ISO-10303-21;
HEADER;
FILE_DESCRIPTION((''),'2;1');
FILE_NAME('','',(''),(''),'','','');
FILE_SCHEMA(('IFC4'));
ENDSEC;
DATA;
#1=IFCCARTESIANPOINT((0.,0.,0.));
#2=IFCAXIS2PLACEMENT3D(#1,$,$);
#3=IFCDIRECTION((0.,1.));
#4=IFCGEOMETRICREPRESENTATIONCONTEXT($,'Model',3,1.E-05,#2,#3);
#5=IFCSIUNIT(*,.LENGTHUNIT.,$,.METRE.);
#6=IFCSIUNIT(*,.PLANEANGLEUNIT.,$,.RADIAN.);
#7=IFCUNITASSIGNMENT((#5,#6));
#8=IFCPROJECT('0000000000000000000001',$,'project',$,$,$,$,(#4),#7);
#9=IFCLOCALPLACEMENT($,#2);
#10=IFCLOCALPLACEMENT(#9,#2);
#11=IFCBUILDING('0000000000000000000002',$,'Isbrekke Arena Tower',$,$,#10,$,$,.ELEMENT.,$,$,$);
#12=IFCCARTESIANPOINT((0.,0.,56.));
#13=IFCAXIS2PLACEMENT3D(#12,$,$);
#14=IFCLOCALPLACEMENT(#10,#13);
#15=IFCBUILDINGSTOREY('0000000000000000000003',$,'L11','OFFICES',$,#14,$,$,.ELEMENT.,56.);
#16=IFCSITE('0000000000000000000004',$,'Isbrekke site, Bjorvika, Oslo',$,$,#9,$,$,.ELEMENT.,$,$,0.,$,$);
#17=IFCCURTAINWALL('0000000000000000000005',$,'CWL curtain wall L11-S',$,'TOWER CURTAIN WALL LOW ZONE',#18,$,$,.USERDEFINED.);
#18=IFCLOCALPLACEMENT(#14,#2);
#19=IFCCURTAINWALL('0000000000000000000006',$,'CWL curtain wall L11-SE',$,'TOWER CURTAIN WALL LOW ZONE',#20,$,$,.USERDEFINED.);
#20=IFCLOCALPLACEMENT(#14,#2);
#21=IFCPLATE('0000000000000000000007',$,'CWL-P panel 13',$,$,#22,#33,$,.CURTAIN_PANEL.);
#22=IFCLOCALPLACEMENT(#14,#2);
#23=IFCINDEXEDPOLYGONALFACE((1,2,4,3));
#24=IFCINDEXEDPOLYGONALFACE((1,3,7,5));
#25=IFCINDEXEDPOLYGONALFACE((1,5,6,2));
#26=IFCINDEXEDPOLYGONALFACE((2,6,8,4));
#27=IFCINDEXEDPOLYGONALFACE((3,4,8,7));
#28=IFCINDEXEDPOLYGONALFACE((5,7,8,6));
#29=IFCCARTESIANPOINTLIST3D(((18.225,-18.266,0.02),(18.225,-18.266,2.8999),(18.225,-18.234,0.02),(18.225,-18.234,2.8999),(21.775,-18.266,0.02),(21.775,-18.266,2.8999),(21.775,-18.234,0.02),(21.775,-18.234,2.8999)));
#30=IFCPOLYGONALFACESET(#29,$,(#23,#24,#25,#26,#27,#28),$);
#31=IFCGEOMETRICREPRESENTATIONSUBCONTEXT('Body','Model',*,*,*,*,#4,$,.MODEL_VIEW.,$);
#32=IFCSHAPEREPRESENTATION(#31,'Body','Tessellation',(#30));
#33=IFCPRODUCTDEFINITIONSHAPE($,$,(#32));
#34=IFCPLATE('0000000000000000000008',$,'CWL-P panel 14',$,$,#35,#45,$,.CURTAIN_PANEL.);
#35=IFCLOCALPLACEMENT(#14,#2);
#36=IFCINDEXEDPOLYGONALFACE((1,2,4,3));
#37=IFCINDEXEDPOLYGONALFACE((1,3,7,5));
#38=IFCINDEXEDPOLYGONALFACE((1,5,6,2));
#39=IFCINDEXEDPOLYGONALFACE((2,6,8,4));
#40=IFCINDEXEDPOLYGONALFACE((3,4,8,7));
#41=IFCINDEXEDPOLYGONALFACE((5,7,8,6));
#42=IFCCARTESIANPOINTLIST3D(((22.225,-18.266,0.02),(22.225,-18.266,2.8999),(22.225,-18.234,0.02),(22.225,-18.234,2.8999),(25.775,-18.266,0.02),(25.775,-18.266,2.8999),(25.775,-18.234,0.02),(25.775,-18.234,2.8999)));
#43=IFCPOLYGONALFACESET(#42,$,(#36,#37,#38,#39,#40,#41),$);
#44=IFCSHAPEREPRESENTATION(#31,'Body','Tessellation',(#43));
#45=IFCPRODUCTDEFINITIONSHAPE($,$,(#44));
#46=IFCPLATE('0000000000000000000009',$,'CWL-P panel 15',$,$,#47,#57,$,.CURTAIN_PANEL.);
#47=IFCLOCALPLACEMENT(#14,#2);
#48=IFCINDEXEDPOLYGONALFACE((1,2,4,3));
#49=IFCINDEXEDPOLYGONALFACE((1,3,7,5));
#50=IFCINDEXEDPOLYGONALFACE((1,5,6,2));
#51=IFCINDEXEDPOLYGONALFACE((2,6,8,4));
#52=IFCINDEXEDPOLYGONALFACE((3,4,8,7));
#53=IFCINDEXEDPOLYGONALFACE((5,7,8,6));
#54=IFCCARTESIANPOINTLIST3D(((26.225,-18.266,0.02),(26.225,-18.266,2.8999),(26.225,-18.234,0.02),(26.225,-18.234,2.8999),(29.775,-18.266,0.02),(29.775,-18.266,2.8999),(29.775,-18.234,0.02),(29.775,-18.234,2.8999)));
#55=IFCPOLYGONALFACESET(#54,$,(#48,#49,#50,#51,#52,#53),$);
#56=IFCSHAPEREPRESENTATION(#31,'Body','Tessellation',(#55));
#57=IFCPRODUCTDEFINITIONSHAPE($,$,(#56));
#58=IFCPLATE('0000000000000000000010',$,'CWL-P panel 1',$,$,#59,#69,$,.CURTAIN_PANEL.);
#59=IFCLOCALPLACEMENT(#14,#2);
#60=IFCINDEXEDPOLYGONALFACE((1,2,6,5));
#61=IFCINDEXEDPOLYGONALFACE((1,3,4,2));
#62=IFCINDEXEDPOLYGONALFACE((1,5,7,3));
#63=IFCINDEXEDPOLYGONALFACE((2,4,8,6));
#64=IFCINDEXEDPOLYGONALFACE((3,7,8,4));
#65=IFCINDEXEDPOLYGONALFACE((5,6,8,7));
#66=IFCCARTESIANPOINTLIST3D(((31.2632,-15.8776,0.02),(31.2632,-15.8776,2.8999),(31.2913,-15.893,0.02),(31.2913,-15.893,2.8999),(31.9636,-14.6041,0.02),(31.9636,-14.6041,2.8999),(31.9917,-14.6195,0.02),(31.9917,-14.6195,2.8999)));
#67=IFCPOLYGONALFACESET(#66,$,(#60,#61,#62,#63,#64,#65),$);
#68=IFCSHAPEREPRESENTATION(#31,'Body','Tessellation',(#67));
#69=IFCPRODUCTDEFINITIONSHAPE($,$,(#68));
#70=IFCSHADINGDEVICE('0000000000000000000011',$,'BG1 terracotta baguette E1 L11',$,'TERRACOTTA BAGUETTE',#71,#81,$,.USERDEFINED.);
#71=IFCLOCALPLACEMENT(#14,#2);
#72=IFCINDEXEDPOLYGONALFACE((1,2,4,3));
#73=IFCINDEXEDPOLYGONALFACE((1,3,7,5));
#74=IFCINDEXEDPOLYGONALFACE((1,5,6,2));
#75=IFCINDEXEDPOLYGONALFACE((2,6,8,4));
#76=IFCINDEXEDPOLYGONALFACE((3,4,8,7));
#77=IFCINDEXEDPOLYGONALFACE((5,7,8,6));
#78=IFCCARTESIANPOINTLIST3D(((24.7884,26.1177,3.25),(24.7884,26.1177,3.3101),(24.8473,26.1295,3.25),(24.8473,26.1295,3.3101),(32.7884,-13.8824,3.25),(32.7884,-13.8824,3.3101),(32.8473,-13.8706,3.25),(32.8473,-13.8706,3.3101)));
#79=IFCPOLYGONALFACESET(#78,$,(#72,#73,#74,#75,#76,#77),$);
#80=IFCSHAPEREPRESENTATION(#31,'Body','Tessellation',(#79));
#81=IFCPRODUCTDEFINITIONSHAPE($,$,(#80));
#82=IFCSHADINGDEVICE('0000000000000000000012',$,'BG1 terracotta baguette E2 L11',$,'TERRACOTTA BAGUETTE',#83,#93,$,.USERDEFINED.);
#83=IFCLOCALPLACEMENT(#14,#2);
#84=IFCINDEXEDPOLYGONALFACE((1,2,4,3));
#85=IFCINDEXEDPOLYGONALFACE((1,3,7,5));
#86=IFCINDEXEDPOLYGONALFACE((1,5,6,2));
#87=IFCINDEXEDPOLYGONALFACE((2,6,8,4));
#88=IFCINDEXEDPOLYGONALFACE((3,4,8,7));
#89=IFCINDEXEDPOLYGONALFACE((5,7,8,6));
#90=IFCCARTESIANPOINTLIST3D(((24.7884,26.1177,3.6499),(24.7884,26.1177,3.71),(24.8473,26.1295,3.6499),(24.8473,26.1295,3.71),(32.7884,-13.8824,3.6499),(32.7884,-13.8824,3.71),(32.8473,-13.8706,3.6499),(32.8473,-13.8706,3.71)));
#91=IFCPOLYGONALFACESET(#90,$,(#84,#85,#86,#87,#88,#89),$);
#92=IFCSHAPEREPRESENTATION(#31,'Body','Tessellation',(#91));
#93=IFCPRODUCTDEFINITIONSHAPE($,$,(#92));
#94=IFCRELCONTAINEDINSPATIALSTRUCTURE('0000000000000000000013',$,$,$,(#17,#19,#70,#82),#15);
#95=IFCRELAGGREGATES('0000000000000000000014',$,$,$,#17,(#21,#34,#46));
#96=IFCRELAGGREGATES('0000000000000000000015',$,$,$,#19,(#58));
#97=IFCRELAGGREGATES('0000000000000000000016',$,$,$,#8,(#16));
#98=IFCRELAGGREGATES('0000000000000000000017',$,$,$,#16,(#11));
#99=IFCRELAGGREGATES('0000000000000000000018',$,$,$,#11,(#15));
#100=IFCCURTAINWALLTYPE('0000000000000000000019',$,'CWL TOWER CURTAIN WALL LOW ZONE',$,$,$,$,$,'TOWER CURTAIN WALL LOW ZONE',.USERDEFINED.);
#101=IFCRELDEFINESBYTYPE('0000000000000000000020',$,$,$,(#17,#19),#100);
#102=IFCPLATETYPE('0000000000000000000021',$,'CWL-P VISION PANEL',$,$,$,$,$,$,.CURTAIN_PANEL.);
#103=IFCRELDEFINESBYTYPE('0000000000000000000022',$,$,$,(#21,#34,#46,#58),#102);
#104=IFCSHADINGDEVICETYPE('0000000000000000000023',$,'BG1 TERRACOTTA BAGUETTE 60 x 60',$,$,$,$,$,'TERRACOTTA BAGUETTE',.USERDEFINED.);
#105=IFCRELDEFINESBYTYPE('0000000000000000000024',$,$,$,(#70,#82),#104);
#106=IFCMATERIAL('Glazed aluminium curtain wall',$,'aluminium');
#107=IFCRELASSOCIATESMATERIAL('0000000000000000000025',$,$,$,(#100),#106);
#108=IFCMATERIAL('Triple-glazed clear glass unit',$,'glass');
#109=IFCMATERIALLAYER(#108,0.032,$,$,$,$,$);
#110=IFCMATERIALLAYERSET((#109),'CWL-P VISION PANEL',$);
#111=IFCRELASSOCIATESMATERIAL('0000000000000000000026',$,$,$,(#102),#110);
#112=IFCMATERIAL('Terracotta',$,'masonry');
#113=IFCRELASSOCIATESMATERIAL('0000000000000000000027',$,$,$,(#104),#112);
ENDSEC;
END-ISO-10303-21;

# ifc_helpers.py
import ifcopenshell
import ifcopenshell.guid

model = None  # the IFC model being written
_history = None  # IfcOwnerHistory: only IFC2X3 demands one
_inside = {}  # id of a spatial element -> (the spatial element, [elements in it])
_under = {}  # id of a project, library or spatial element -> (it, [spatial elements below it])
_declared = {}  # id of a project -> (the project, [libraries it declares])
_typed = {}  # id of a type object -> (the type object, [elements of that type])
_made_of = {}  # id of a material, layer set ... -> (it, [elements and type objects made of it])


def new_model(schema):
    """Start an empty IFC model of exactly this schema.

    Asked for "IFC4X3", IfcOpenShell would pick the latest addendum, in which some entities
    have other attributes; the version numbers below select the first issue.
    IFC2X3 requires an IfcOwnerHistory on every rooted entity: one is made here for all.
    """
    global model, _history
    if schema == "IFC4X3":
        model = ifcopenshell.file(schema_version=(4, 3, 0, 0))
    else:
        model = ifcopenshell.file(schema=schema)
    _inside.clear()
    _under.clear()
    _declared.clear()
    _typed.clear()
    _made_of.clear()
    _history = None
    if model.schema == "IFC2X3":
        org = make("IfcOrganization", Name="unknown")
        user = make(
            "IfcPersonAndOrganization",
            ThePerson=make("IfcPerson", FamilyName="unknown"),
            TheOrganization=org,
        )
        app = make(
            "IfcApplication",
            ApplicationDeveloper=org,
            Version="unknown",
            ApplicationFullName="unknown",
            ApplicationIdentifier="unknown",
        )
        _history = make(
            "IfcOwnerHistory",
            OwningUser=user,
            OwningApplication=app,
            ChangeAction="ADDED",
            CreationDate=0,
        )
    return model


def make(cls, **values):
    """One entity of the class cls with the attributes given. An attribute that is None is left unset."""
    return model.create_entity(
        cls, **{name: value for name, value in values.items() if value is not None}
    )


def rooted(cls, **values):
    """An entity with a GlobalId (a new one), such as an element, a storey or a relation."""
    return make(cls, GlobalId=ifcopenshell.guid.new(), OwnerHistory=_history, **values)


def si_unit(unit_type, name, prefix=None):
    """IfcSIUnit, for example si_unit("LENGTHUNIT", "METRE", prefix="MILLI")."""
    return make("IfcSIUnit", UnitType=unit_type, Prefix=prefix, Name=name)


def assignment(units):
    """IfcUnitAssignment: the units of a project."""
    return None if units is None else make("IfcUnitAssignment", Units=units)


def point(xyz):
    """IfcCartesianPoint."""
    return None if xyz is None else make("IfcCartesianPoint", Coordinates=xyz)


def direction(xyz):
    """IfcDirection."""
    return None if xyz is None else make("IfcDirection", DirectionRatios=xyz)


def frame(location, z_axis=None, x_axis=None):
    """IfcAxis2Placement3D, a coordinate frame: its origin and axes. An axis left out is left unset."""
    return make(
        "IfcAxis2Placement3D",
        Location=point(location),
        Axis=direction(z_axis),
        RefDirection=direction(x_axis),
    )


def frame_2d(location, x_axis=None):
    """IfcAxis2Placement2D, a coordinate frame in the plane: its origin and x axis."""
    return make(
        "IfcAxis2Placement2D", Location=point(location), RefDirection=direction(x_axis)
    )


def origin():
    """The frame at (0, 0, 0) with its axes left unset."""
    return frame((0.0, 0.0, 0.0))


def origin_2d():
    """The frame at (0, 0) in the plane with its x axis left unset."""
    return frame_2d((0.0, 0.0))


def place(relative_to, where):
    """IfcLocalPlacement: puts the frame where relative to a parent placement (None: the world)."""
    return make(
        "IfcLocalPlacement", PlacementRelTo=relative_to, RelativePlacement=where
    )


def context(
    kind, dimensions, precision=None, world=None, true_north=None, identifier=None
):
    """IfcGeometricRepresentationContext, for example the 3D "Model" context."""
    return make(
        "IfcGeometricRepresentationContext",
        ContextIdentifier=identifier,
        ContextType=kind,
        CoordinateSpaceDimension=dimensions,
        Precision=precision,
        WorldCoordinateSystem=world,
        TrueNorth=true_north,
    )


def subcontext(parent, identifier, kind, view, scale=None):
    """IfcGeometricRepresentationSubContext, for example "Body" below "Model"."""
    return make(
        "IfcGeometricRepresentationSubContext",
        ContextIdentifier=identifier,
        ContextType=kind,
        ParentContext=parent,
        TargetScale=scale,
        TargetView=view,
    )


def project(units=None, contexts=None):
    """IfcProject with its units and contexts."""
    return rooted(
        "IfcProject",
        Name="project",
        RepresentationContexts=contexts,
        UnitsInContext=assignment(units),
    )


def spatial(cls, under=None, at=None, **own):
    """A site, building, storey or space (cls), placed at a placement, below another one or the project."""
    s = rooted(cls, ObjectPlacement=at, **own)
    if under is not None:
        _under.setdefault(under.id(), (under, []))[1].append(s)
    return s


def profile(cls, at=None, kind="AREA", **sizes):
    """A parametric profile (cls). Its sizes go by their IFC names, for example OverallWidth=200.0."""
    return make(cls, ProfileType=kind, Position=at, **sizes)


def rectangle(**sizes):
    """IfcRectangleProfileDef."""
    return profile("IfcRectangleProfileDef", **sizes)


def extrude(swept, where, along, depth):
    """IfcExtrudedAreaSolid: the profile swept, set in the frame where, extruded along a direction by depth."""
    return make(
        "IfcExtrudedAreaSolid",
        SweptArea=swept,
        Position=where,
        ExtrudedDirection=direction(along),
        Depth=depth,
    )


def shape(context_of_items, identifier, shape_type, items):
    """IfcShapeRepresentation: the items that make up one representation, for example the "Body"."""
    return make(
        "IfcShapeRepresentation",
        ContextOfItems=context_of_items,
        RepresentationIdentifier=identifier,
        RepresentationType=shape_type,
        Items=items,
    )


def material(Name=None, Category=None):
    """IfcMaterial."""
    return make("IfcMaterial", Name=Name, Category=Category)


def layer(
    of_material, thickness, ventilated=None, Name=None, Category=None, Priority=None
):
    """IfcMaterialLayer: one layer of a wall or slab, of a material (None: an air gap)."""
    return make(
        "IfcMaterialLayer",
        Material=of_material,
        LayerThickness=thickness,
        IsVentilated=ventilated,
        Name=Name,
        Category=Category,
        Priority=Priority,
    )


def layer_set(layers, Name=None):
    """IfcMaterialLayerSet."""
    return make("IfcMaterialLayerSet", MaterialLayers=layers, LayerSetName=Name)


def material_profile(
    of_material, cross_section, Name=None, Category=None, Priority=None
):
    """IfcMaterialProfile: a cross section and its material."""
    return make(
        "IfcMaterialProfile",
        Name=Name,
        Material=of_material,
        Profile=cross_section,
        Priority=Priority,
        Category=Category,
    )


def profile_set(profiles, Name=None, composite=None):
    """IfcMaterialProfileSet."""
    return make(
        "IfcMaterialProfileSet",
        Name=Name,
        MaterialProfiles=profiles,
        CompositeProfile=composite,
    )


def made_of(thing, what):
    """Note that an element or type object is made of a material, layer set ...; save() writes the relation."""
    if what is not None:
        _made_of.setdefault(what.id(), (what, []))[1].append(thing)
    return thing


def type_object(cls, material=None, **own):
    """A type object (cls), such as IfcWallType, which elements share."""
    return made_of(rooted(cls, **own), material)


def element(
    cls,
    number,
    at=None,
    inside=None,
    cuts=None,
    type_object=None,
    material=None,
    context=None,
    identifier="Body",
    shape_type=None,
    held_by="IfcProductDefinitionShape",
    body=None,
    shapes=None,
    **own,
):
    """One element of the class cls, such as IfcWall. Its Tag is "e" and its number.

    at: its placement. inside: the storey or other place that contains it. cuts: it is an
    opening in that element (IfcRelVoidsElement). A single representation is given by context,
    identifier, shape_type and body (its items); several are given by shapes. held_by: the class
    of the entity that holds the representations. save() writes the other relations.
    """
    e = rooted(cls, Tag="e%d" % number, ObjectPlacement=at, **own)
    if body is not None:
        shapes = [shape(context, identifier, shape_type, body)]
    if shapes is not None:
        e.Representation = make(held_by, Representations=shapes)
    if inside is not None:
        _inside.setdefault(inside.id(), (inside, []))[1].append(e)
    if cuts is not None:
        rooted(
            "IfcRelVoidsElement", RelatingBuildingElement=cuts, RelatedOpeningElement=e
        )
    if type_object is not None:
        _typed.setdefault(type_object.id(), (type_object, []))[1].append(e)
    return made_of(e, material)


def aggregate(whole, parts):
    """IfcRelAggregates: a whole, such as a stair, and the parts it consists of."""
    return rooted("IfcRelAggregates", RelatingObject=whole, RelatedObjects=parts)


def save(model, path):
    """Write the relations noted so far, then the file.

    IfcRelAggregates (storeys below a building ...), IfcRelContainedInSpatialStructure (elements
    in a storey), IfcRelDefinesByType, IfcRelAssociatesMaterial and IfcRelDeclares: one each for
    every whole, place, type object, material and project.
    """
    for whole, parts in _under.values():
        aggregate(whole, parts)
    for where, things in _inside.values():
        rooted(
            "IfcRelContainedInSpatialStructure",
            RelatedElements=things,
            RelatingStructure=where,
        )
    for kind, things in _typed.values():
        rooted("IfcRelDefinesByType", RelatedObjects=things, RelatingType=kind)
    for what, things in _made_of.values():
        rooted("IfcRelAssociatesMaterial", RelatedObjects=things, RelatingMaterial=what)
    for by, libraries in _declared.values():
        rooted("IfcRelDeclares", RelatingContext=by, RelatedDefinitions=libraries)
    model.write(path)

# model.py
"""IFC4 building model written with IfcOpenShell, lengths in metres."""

from ifc_helpers import new_model, si_unit, direction, frame, origin, origin_2d, place, context, subcontext, project, spatial, rectangle, extrude, material, layer, layer_set, material_profile, profile_set, type_object, element, aggregate, save


model = new_model("IFC4")

# Units and contexts
model_context = context("Model", 3, precision=1e-05, world=origin(), true_north=direction((0.0, 1.0)))
body_context = subcontext(model_context, "Body", "Model", "MODEL_VIEW")
ifc_project = project(units=[si_unit("LENGTHUNIT", "METRE"), si_unit("PLANEANGLEUNIT", "RADIAN")], contexts=[model_context])

# Site, building, storey
site_placement = place(None, origin())
site = spatial("IfcSite", under=ifc_project, at=site_placement, Name="Isbrekke site, Bjorvika, Oslo", CompositionType="ELEMENT", RefElevation=0.0)
building_placement = place(site_placement, origin())
building = spatial("IfcBuilding", under=site, at=building_placement, Name="Isbrekke Arena Tower", CompositionType="ELEMENT")
storey_placement = place(building_placement, frame((0.0, 0.0, 56.0)))
storey = spatial("IfcBuildingStorey", under=building, at=storey_placement, Name="L11", Description="OFFICES", CompositionType="ELEMENT", Elevation=56.0)

# Curtain walls
ifc_material_1 = material(Name="Glazed aluminium curtain wall", Category="aluminium")
curtain_wall_type = type_object("IfcCurtainWallType", Name="CWL TOWER CURTAIN WALL LOW ZONE", ElementType="TOWER CURTAIN WALL LOW ZONE", PredefinedType="USERDEFINED", material=ifc_material_1)
curtain_wall_1_placement = place(storey_placement, origin())
curtain_wall_1 = element("IfcCurtainWall", 1, at=curtain_wall_1_placement, inside=storey, type_object=curtain_wall_type, Name="CWL curtain wall L11-S", ObjectType="TOWER CURTAIN WALL LOW ZONE", PredefinedType="USERDEFINED")
curtain_wall_2_placement = place(storey_placement, origin())
curtain_wall_2 = element("IfcCurtainWall", 2, at=curtain_wall_2_placement, inside=storey, type_object=curtain_wall_type, Name="CWL curtain wall L11-SE", ObjectType="TOWER CURTAIN WALL LOW ZONE", PredefinedType="USERDEFINED")

# Plates
ifc_material_2 = material(Name="Triple-glazed clear glass unit", Category="glass")
ifc_layer = layer(ifc_material_2, 0.032)
ifc_layer_set = layer_set([ifc_layer], Name="CWL-P VISION PANEL")
plate_type = type_object("IfcPlateType", Name="CWL-P VISION PANEL", PredefinedType="CURTAIN_PANEL", material=ifc_layer_set)
plate_1_placement = place(storey_placement, frame((20.0, -18.25, 0.02), z_axis=(0.0, 0.0, 1.0), x_axis=(1.0, 0.0, 0.0)))
plate_1 = element("IfcPlate", 3, at=plate_1_placement, type_object=plate_type, Name="CWL-P panel 13", PredefinedType="CURTAIN_PANEL", context=body_context, shape_type="SweptSolid", body=[
    extrude(rectangle(XDim=3.55, YDim=0.032, at=origin_2d()), origin(), (0.0, 0.0, 1.0), 2.8799),
])
plate_2_placement = place(storey_placement, frame((24.0, -18.25, 0.02), z_axis=(0.0, 0.0, 1.0), x_axis=(1.0, 0.0, 0.0)))
plate_2 = element("IfcPlate", 4, at=plate_2_placement, type_object=plate_type, Name="CWL-P panel 14", PredefinedType="CURTAIN_PANEL", context=body_context, shape_type="SweptSolid", body=[
    extrude(rectangle(XDim=3.55, YDim=0.032, at=origin_2d()), origin(), (0.0, 0.0, 1.0), 2.8799),
])
plate_3_placement = place(storey_placement, frame((28.0, -18.25, 0.02), z_axis=(0.0, 0.0, 1.0), x_axis=(1.0, 0.0, 0.0)))
plate_3 = element("IfcPlate", 5, at=plate_3_placement, type_object=plate_type, Name="CWL-P panel 15", PredefinedType="CURTAIN_PANEL", context=body_context, shape_type="SweptSolid", body=[
    extrude(rectangle(XDim=3.55, YDim=0.032, at=origin_2d()), origin(), (0.0, 0.0, 1.0), 2.8799),
])
aggregate(curtain_wall_1, [plate_1, plate_2, plate_3])
plate_4_placement = place(storey_placement, frame((31.6274, -15.2485, 0.02), z_axis=(0.0, 0.0, 1.0), x_axis=(0.481919, 0.876216, 0.0)))
plate_4 = element("IfcPlate", 6, at=plate_4_placement, type_object=plate_type, Name="CWL-P panel 1", PredefinedType="CURTAIN_PANEL", context=body_context, shape_type="SweptSolid", body=[
    extrude(rectangle(XDim=1.4534, YDim=0.032, at=origin_2d()), origin(), (0.0, 0.0, 1.0), 2.8799),
])
aggregate(curtain_wall_2, [plate_4])

# Shading devices
ifc_material_3 = material(Name="Terracotta", Category="masonry")
ifc_material_profile_1 = material_profile(ifc_material_3, rectangle(XDim=0.0601, YDim=0.0601, at=origin_2d()), Name="BAGUETTE 60X60")
ifc_profile_set_1 = profile_set([ifc_material_profile_1], Name="Terracotta")
shading_device_type = type_object("IfcShadingDeviceType", Name="BG1 TERRACOTTA BAGUETTE 60 x 60", ElementType="TERRACOTTA BAGUETTE", PredefinedType="USERDEFINED", material=ifc_profile_set_1)
for number, where, z_axis, x_axis, name in (
    (7, (32.8179, -13.8765, 3.28), (-0.196116, 0.980581, 0.0), (-0.980581, -0.196116, 0.0), "BG1 terracotta baguette E1 L11"),
    (8, (32.8179, -13.8765, 3.6799), (-0.196116, 0.980581, 0.0), (-0.980581, -0.196116, 0.0), "BG1 terracotta baguette E2 L11"),
):
    element("IfcShadingDevice", number, at=place(storey_placement, frame(where, z_axis=z_axis, x_axis=x_axis)), inside=storey, type_object=shading_device_type, Name=name, ObjectType="TERRACOTTA BAGUETTE", PredefinedType="USERDEFINED", context=body_context, shape_type="SweptSolid", body=[
        extrude(rectangle(XDim=0.0601, YDim=0.0601, at=origin_2d()), origin(), (0.0, 0.0, 1.0), 40.7922),
    ])

save(model, "model.ifc")
